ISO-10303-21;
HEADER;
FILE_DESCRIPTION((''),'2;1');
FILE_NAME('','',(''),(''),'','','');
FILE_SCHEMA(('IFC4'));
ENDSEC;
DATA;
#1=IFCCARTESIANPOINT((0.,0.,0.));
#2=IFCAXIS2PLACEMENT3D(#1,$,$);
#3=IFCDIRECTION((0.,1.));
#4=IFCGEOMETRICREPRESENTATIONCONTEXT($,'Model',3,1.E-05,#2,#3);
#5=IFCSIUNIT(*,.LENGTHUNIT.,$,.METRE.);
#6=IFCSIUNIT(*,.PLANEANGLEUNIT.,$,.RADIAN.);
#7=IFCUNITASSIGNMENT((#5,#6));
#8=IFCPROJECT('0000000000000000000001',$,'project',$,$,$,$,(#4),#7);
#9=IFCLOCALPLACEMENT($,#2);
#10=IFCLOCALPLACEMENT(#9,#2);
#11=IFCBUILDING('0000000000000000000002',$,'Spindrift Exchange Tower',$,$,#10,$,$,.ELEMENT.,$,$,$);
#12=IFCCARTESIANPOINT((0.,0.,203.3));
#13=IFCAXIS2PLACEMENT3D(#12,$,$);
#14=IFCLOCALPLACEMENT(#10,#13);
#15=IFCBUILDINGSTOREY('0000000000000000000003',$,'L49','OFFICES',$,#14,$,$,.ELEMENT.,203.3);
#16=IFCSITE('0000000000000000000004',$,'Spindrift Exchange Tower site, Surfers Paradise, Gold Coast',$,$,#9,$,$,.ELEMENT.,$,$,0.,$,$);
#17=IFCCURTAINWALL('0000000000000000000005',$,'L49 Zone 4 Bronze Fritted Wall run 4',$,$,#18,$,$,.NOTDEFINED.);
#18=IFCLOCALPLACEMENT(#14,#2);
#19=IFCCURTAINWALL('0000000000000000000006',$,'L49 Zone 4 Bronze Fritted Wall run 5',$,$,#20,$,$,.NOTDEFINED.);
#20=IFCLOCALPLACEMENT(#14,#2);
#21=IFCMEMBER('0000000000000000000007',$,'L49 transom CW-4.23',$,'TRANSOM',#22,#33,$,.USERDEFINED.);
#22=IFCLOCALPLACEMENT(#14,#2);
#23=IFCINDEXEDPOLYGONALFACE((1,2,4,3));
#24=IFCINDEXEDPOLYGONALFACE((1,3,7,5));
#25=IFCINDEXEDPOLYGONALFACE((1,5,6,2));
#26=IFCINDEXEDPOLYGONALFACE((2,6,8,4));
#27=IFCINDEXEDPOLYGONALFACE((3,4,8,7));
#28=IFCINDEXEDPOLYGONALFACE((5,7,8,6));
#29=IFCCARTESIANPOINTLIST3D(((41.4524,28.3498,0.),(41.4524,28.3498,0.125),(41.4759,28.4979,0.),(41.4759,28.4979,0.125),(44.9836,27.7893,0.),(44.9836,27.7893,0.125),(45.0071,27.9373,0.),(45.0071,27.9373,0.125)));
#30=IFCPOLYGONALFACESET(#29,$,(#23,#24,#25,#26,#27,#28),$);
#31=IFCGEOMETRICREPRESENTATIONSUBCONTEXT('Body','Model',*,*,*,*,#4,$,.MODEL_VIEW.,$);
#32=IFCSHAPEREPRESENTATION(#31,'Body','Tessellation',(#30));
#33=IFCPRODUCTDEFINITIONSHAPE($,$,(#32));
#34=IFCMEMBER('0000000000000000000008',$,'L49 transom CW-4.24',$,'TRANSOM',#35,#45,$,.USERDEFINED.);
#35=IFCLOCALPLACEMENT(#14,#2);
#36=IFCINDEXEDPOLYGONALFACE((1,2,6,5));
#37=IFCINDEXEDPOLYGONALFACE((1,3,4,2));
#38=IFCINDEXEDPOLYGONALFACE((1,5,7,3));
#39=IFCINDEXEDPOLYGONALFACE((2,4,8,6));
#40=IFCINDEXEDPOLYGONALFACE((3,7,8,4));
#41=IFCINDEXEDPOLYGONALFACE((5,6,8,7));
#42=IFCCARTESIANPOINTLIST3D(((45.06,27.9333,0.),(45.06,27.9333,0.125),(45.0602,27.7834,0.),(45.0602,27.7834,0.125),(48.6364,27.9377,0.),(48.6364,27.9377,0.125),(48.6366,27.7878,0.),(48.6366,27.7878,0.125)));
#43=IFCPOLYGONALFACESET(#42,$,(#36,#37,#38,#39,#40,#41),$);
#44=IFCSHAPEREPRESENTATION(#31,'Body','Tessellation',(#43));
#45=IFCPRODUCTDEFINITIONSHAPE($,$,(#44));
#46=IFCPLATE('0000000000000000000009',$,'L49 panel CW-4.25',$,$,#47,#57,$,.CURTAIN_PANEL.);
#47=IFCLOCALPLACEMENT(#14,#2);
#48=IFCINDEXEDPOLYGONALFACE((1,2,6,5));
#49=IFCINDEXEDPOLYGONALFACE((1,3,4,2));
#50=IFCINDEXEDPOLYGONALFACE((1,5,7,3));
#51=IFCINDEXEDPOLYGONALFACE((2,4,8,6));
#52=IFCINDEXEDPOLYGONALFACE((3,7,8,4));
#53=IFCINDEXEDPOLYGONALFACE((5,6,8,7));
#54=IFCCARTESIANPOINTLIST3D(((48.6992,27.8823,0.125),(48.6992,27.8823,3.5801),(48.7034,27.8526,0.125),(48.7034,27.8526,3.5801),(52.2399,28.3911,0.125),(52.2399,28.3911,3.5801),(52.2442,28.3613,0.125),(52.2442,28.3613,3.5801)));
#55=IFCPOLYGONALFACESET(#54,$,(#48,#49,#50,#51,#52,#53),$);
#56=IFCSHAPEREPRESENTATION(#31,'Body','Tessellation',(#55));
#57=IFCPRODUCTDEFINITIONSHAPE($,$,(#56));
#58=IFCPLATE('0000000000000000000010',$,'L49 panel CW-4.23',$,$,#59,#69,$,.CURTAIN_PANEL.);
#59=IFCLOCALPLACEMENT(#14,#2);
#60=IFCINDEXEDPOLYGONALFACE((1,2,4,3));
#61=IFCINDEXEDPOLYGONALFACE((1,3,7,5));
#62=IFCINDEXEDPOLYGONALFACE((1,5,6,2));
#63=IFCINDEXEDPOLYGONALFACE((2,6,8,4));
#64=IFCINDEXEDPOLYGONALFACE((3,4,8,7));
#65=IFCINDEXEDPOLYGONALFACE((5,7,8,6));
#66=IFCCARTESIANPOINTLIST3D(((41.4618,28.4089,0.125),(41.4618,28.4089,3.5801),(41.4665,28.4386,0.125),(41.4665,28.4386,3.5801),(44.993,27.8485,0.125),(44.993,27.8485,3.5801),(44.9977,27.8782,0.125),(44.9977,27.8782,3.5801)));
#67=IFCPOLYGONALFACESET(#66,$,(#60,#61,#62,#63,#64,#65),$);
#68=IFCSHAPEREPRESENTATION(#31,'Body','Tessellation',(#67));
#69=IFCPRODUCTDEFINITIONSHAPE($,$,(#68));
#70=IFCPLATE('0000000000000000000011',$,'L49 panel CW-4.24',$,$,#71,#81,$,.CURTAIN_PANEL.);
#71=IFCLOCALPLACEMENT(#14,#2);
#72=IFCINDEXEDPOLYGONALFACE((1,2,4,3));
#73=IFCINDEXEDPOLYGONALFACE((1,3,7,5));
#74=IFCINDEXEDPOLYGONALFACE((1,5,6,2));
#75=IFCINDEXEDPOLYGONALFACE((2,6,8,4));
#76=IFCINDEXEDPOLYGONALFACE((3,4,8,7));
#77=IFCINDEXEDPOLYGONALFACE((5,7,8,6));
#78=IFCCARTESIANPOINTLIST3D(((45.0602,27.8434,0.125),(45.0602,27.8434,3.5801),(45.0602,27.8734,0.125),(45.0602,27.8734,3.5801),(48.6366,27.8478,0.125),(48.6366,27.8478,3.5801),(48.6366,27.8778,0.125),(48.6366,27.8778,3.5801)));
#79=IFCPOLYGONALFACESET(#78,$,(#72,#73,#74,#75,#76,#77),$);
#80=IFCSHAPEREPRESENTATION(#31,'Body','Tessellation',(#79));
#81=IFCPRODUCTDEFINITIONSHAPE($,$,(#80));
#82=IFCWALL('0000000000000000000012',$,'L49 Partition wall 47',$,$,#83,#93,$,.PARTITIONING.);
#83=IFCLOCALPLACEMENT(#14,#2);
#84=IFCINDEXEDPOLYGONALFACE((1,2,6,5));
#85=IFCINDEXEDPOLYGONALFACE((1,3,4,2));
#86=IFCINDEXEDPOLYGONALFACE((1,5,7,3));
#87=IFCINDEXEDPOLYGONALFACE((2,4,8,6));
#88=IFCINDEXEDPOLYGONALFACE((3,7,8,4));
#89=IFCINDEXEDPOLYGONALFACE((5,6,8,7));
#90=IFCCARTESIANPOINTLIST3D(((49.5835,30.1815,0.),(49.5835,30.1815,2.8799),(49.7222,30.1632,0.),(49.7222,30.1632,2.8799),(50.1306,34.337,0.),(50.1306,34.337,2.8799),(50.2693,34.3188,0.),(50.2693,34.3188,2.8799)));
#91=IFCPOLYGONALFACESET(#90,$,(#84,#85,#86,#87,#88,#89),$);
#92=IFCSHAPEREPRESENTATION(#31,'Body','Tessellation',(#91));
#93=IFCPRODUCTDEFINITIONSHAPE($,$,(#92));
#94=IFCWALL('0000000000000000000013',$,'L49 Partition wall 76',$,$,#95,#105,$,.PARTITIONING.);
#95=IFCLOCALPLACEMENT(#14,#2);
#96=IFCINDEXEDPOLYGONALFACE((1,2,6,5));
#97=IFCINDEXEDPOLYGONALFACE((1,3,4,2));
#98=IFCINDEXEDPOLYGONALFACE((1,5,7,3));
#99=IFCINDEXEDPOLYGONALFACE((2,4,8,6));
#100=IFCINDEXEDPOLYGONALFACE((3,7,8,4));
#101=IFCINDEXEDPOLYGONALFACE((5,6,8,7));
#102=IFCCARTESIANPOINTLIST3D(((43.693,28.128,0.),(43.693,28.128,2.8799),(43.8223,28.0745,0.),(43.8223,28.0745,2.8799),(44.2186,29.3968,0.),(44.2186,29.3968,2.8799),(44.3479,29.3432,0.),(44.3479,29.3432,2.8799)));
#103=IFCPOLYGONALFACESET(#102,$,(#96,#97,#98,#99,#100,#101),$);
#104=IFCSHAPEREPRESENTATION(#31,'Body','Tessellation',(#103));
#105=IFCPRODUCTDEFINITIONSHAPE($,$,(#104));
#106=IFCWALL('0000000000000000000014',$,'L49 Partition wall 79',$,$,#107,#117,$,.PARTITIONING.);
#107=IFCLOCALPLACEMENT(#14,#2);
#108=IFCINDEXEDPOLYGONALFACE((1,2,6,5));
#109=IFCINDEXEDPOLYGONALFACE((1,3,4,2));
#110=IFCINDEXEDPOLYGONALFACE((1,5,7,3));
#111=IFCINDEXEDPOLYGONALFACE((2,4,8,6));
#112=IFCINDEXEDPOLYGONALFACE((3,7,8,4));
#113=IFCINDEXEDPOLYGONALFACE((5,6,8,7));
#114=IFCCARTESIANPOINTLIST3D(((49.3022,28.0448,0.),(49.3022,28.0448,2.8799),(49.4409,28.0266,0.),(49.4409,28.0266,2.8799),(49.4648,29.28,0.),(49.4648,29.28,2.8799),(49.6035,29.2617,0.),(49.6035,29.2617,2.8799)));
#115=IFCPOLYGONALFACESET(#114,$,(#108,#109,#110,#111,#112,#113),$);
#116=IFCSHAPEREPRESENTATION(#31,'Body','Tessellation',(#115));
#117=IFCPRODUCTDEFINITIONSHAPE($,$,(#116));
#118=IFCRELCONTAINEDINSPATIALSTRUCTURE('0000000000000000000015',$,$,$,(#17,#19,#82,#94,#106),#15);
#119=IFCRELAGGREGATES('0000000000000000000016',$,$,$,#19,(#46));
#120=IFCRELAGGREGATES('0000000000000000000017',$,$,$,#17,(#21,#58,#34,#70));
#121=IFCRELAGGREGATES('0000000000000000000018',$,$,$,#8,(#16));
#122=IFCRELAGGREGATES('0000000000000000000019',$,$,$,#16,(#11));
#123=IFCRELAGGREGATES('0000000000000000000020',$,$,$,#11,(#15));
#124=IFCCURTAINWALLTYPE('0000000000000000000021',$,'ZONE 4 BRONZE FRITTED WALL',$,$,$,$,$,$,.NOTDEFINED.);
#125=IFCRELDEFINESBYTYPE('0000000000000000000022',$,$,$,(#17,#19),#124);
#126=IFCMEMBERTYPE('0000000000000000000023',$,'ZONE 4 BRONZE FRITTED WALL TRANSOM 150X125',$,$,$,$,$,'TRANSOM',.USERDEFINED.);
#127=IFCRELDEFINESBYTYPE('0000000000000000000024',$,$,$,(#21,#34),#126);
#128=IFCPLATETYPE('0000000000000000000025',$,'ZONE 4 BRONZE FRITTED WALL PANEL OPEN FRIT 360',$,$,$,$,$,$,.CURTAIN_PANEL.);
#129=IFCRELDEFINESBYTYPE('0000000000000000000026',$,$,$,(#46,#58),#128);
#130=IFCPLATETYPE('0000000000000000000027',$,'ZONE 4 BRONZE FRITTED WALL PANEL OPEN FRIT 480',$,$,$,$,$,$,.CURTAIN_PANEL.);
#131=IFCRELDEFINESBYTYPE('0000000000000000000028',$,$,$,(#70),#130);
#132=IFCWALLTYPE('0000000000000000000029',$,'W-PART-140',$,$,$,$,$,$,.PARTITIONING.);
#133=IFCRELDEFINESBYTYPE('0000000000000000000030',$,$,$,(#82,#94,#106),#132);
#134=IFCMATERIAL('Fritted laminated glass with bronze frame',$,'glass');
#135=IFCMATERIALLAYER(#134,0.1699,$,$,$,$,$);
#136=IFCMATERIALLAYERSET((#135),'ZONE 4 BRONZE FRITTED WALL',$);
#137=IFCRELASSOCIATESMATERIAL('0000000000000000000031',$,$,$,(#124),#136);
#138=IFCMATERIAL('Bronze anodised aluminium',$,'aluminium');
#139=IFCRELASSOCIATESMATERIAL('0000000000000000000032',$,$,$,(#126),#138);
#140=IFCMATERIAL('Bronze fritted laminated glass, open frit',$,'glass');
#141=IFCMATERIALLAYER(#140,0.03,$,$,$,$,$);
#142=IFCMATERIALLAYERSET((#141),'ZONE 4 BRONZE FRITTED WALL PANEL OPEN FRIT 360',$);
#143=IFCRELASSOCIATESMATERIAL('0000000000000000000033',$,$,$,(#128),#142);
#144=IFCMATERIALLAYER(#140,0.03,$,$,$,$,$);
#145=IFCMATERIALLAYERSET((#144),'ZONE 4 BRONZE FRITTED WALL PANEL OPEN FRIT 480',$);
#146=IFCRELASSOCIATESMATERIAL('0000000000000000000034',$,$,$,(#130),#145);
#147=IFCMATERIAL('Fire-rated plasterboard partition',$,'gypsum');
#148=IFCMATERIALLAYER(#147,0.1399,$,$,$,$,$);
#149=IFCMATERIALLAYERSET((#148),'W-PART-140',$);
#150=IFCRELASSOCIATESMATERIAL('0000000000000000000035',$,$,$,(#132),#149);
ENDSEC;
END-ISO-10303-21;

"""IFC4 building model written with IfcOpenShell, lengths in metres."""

from ifc_helpers import new_model, si_unit, direction, frame, frame_2d, origin, origin_2d, place, context, subcontext, project, spatial, rectangle, extrude, source, transform, mapped, material, layer, layer_set, material_profile, profile_set, type_object, element, aggregate, save


model = new_model("IFC4")

# Units and contexts
model_context = context("Model", 3, precision=1e-05, world=origin(), true_north=direction((0.0, 1.0)))
body_context = subcontext(model_context, "Body", "Model", "MODEL_VIEW")
ifc_project = project(units=[si_unit("LENGTHUNIT", "METRE"), si_unit("PLANEANGLEUNIT", "RADIAN")], contexts=[model_context])

# Site, building, storey
site_placement = place(None, origin())
site = spatial("IfcSite", under=ifc_project, at=site_placement, Name="Spindrift Exchange Tower site, Surfers Paradise, Gold Coast", CompositionType="ELEMENT", RefElevation=0.0)
building_placement = place(site_placement, origin())
building = spatial("IfcBuilding", under=site, at=building_placement, Name="Spindrift Exchange Tower", CompositionType="ELEMENT")
storey_placement = place(building_placement, frame((0.0, 0.0, 203.3)))
storey = spatial("IfcBuildingStorey", under=building, at=storey_placement, Name="L49", Description="OFFICES", CompositionType="ELEMENT", Elevation=203.3)

# Curtain walls
ifc_material_1 = material(Name="Fritted laminated glass with bronze frame", Category="glass")
ifc_layer_1 = layer(ifc_material_1, 0.1699)
ifc_layer_set_1 = layer_set([ifc_layer_1], Name="ZONE 4 BRONZE FRITTED WALL")
curtain_wall_type = type_object("IfcCurtainWallType", Name="ZONE 4 BRONZE FRITTED WALL", PredefinedType="NOTDEFINED", material=ifc_layer_set_1)
curtain_wall_1_placement = place(storey_placement, origin())
curtain_wall_1 = element("IfcCurtainWall", 1, at=curtain_wall_1_placement, inside=storey, type_object=curtain_wall_type, Name="L49 Zone 4 Bronze Fritted Wall run 4", PredefinedType="NOTDEFINED")
ifc_material_2 = material(Name="Bronze anodised aluminium", Category="aluminium")
curtain_wall_2_placement = place(storey_placement, origin())
curtain_wall_2 = element("IfcCurtainWall", 2, at=curtain_wall_2_placement, inside=storey, type_object=curtain_wall_type, Name="L49 Zone 4 Bronze Fritted Wall run 5", PredefinedType="NOTDEFINED")
ifc_material_profile_1 = material_profile(ifc_material_2, rectangle(XDim=0.1499, YDim=0.125, at=origin_2d()), Name="ZONE 4 BRONZE FRITTED WALL TRANSOM 150X125")
ifc_profile_set_1 = profile_set([ifc_material_profile_1], Name="Bronze anodised aluminium")
member_type_1 = type_object("IfcMemberType", Name="ZONE 4 BRONZE FRITTED WALL TRANSOM 150X125", ElementType="TRANSOM", PredefinedType="USERDEFINED", material=ifc_profile_set_1)

# Members
shared_shape_1 = source(origin(), body_context, "Body", "SweptSolid", [
    extrude(rectangle(XDim=0.1499, YDim=0.125, at=origin_2d()), origin(), (0.0, 0.0, 1.0), 3.5754),
])
member_1_placement = place(storey_placement, frame((41.4641, 28.4238, 0.0625), z_axis=(0.987634, -0.156776, 0.0), x_axis=(0.156776, 0.987634, 0.0)))
member_1 = element("IfcMember", 3, at=member_1_placement, type_object=member_type_1, Name="L49 transom CW-4.23", ObjectType="TRANSOM", PredefinedType="USERDEFINED", context=body_context, shape_type="MappedRepresentation", body=[
    mapped(shared_shape_1, transform((0.0, 0.0, 0.0), scale=1.0)),
])
shared_shape_2 = source(origin(), body_context, "Body", "SweptSolid", [
    extrude(rectangle(XDim=0.1499, YDim=0.125, at=origin_2d()), origin(), (0.0, 0.0, 1.0), 3.5764),
])
member_2_placement = place(storey_placement, frame((45.0601, 27.8584, 0.0625), z_axis=(0.999999, 0.001229, 0.0), x_axis=(-0.001229, 0.999999, 0.0)))
member_2 = element("IfcMember", 4, at=member_2_placement, type_object=member_type_1, Name="L49 transom CW-4.24", ObjectType="TRANSOM", PredefinedType="USERDEFINED", context=body_context, shape_type="MappedRepresentation", body=[
    mapped(shared_shape_2, transform((0.0, 0.0, 0.0), scale=1.0)),
])

# Plates
ifc_material_3 = material(Name="Bronze fritted laminated glass, open frit", Category="glass")
ifc_layer_2 = layer(ifc_material_3, 0.03)
ifc_layer_set_2 = layer_set([ifc_layer_2], Name="ZONE 4 BRONZE FRITTED WALL PANEL OPEN FRIT 360")
plate_type_1 = type_object("IfcPlateType", Name="ZONE 4 BRONZE FRITTED WALL PANEL OPEN FRIT 360", PredefinedType="CURTAIN_PANEL", material=ifc_layer_set_2)
shared_shape_3 = source(origin(), body_context, "Body", "SweptSolid", [
    extrude(rectangle(XDim=3.5771, YDim=0.03, at=origin_2d()), origin(), (0.0, 0.0, 1.0), 3.4551),
])
plate_1_placement = place(storey_placement, frame((50.4717, 28.1218, 0.125), z_axis=(0.0, 0.0, 1.0), x_axis=(0.989835, 0.142221, 0.0)))
plate_1 = element("IfcPlate", 5, at=plate_1_placement, type_object=plate_type_1, Name="L49 panel CW-4.25", PredefinedType="CURTAIN_PANEL", context=body_context, shape_type="MappedRepresentation", body=[
    mapped(shared_shape_3, transform((0.0, 0.0, 0.0), scale=1.0)),
])
aggregate(curtain_wall_2, [plate_1])
shared_shape_4 = source(origin(), body_context, "Body", "SweptSolid", [
    extrude(rectangle(XDim=3.5754, YDim=0.03, at=origin_2d()), origin(), (0.0, 0.0, 1.0), 3.4551),
])
plate_2_placement = place(storey_placement, frame((43.2297, 28.1436, 0.125), z_axis=(0.0, 0.0, 1.0), x_axis=(0.987641, -0.156736, 0.0)))
plate_2 = element("IfcPlate", 6, at=plate_2_placement, type_object=plate_type_1, Name="L49 panel CW-4.23", PredefinedType="CURTAIN_PANEL", context=body_context, shape_type="MappedRepresentation", body=[
    mapped(shared_shape_4, transform((0.0, 0.0, 0.0), scale=1.0)),
])
ifc_layer_3 = layer(ifc_material_3, 0.03)
ifc_layer_set_3 = layer_set([ifc_layer_3], Name="ZONE 4 BRONZE FRITTED WALL PANEL OPEN FRIT 480")
plate_type_2 = type_object("IfcPlateType", Name="ZONE 4 BRONZE FRITTED WALL PANEL OPEN FRIT 480", PredefinedType="CURTAIN_PANEL", material=ifc_layer_set_3)
shared_shape_5 = source(origin(), body_context, "Body", "SweptSolid", [
    extrude(rectangle(XDim=3.5764, YDim=0.03, at=origin_2d()), origin(), (0.0, 0.0, 1.0), 3.4551),
])
plate_3_placement = place(storey_placement, frame((46.8484, 27.8606, 0.125), z_axis=(0.0, 0.0, 1.0), x_axis=(0.999999, 0.001236, 0.0)))
plate_3 = element("IfcPlate", 7, at=plate_3_placement, type_object=plate_type_2, Name="L49 panel CW-4.24", PredefinedType="CURTAIN_PANEL", context=body_context, shape_type="MappedRepresentation", body=[
    mapped(shared_shape_5, transform((0.0, 0.0, 0.0), scale=1.0)),
])
aggregate(curtain_wall_1, [member_1, plate_2, member_2, plate_3])

# Walls
ifc_material_4 = material(Name="Fire-rated plasterboard partition", Category="gypsum")
ifc_layer_4 = layer(ifc_material_4, 0.1399)
ifc_layer_set_4 = layer_set([ifc_layer_4], Name="W-PART-140")
wall_type = type_object("IfcWallType", Name="W-PART-140", PredefinedType="PARTITIONING", material=ifc_layer_set_4)
wall_1_placement = place(storey_placement, frame((50.2, 34.3279, 0.0), z_axis=(0.0, 0.0, 1.0), x_axis=(-0.130534, -0.991444, 0.0)))
element("IfcWall", 8, at=wall_1_placement, inside=storey, type_object=wall_type, Name="L49 Partition wall 47", PredefinedType="PARTITIONING", context=body_context, shape_type="SweptSolid", body=[
    extrude(rectangle(XDim=4.1914, YDim=0.1399, at=frame_2d((2.0957, 0.0))), origin(), (0.0, 0.0, 1.0), 2.8799),
])
wall_2_placement = place(storey_placement, frame((44.2832, 29.3699, 0.0), z_axis=(0.0, 0.0, 1.0), x_axis=(-0.382734, -0.923859, 0.0)))
element("IfcWall", 9, at=wall_2_placement, inside=storey, type_object=wall_type, Name="L49 Partition wall 76", PredefinedType="PARTITIONING", context=body_context, shape_type="SweptSolid", body=[
    extrude(rectangle(XDim=1.3733, YDim=0.1399, at=frame_2d((0.6865, 0.0))), origin(), (0.0, 0.0, 1.0), 2.8799),
])
wall_3_placement = place(storey_placement, frame((49.5342, 29.271, 0.0), z_axis=(0.0, 0.0, 1.0), x_axis=(-0.13052, -0.991446, 0.0)))
element("IfcWall", 10, at=wall_3_placement, inside=storey, type_object=wall_type, Name="L49 Partition wall 79", PredefinedType="PARTITIONING", context=body_context, shape_type="SweptSolid", body=[
    extrude(rectangle(XDim=1.2458, YDim=0.1399, at=frame_2d((0.623, 0.0))), origin(), (0.0, 0.0, 1.0), 2.8799),
])

save(model, "model.ifc")
